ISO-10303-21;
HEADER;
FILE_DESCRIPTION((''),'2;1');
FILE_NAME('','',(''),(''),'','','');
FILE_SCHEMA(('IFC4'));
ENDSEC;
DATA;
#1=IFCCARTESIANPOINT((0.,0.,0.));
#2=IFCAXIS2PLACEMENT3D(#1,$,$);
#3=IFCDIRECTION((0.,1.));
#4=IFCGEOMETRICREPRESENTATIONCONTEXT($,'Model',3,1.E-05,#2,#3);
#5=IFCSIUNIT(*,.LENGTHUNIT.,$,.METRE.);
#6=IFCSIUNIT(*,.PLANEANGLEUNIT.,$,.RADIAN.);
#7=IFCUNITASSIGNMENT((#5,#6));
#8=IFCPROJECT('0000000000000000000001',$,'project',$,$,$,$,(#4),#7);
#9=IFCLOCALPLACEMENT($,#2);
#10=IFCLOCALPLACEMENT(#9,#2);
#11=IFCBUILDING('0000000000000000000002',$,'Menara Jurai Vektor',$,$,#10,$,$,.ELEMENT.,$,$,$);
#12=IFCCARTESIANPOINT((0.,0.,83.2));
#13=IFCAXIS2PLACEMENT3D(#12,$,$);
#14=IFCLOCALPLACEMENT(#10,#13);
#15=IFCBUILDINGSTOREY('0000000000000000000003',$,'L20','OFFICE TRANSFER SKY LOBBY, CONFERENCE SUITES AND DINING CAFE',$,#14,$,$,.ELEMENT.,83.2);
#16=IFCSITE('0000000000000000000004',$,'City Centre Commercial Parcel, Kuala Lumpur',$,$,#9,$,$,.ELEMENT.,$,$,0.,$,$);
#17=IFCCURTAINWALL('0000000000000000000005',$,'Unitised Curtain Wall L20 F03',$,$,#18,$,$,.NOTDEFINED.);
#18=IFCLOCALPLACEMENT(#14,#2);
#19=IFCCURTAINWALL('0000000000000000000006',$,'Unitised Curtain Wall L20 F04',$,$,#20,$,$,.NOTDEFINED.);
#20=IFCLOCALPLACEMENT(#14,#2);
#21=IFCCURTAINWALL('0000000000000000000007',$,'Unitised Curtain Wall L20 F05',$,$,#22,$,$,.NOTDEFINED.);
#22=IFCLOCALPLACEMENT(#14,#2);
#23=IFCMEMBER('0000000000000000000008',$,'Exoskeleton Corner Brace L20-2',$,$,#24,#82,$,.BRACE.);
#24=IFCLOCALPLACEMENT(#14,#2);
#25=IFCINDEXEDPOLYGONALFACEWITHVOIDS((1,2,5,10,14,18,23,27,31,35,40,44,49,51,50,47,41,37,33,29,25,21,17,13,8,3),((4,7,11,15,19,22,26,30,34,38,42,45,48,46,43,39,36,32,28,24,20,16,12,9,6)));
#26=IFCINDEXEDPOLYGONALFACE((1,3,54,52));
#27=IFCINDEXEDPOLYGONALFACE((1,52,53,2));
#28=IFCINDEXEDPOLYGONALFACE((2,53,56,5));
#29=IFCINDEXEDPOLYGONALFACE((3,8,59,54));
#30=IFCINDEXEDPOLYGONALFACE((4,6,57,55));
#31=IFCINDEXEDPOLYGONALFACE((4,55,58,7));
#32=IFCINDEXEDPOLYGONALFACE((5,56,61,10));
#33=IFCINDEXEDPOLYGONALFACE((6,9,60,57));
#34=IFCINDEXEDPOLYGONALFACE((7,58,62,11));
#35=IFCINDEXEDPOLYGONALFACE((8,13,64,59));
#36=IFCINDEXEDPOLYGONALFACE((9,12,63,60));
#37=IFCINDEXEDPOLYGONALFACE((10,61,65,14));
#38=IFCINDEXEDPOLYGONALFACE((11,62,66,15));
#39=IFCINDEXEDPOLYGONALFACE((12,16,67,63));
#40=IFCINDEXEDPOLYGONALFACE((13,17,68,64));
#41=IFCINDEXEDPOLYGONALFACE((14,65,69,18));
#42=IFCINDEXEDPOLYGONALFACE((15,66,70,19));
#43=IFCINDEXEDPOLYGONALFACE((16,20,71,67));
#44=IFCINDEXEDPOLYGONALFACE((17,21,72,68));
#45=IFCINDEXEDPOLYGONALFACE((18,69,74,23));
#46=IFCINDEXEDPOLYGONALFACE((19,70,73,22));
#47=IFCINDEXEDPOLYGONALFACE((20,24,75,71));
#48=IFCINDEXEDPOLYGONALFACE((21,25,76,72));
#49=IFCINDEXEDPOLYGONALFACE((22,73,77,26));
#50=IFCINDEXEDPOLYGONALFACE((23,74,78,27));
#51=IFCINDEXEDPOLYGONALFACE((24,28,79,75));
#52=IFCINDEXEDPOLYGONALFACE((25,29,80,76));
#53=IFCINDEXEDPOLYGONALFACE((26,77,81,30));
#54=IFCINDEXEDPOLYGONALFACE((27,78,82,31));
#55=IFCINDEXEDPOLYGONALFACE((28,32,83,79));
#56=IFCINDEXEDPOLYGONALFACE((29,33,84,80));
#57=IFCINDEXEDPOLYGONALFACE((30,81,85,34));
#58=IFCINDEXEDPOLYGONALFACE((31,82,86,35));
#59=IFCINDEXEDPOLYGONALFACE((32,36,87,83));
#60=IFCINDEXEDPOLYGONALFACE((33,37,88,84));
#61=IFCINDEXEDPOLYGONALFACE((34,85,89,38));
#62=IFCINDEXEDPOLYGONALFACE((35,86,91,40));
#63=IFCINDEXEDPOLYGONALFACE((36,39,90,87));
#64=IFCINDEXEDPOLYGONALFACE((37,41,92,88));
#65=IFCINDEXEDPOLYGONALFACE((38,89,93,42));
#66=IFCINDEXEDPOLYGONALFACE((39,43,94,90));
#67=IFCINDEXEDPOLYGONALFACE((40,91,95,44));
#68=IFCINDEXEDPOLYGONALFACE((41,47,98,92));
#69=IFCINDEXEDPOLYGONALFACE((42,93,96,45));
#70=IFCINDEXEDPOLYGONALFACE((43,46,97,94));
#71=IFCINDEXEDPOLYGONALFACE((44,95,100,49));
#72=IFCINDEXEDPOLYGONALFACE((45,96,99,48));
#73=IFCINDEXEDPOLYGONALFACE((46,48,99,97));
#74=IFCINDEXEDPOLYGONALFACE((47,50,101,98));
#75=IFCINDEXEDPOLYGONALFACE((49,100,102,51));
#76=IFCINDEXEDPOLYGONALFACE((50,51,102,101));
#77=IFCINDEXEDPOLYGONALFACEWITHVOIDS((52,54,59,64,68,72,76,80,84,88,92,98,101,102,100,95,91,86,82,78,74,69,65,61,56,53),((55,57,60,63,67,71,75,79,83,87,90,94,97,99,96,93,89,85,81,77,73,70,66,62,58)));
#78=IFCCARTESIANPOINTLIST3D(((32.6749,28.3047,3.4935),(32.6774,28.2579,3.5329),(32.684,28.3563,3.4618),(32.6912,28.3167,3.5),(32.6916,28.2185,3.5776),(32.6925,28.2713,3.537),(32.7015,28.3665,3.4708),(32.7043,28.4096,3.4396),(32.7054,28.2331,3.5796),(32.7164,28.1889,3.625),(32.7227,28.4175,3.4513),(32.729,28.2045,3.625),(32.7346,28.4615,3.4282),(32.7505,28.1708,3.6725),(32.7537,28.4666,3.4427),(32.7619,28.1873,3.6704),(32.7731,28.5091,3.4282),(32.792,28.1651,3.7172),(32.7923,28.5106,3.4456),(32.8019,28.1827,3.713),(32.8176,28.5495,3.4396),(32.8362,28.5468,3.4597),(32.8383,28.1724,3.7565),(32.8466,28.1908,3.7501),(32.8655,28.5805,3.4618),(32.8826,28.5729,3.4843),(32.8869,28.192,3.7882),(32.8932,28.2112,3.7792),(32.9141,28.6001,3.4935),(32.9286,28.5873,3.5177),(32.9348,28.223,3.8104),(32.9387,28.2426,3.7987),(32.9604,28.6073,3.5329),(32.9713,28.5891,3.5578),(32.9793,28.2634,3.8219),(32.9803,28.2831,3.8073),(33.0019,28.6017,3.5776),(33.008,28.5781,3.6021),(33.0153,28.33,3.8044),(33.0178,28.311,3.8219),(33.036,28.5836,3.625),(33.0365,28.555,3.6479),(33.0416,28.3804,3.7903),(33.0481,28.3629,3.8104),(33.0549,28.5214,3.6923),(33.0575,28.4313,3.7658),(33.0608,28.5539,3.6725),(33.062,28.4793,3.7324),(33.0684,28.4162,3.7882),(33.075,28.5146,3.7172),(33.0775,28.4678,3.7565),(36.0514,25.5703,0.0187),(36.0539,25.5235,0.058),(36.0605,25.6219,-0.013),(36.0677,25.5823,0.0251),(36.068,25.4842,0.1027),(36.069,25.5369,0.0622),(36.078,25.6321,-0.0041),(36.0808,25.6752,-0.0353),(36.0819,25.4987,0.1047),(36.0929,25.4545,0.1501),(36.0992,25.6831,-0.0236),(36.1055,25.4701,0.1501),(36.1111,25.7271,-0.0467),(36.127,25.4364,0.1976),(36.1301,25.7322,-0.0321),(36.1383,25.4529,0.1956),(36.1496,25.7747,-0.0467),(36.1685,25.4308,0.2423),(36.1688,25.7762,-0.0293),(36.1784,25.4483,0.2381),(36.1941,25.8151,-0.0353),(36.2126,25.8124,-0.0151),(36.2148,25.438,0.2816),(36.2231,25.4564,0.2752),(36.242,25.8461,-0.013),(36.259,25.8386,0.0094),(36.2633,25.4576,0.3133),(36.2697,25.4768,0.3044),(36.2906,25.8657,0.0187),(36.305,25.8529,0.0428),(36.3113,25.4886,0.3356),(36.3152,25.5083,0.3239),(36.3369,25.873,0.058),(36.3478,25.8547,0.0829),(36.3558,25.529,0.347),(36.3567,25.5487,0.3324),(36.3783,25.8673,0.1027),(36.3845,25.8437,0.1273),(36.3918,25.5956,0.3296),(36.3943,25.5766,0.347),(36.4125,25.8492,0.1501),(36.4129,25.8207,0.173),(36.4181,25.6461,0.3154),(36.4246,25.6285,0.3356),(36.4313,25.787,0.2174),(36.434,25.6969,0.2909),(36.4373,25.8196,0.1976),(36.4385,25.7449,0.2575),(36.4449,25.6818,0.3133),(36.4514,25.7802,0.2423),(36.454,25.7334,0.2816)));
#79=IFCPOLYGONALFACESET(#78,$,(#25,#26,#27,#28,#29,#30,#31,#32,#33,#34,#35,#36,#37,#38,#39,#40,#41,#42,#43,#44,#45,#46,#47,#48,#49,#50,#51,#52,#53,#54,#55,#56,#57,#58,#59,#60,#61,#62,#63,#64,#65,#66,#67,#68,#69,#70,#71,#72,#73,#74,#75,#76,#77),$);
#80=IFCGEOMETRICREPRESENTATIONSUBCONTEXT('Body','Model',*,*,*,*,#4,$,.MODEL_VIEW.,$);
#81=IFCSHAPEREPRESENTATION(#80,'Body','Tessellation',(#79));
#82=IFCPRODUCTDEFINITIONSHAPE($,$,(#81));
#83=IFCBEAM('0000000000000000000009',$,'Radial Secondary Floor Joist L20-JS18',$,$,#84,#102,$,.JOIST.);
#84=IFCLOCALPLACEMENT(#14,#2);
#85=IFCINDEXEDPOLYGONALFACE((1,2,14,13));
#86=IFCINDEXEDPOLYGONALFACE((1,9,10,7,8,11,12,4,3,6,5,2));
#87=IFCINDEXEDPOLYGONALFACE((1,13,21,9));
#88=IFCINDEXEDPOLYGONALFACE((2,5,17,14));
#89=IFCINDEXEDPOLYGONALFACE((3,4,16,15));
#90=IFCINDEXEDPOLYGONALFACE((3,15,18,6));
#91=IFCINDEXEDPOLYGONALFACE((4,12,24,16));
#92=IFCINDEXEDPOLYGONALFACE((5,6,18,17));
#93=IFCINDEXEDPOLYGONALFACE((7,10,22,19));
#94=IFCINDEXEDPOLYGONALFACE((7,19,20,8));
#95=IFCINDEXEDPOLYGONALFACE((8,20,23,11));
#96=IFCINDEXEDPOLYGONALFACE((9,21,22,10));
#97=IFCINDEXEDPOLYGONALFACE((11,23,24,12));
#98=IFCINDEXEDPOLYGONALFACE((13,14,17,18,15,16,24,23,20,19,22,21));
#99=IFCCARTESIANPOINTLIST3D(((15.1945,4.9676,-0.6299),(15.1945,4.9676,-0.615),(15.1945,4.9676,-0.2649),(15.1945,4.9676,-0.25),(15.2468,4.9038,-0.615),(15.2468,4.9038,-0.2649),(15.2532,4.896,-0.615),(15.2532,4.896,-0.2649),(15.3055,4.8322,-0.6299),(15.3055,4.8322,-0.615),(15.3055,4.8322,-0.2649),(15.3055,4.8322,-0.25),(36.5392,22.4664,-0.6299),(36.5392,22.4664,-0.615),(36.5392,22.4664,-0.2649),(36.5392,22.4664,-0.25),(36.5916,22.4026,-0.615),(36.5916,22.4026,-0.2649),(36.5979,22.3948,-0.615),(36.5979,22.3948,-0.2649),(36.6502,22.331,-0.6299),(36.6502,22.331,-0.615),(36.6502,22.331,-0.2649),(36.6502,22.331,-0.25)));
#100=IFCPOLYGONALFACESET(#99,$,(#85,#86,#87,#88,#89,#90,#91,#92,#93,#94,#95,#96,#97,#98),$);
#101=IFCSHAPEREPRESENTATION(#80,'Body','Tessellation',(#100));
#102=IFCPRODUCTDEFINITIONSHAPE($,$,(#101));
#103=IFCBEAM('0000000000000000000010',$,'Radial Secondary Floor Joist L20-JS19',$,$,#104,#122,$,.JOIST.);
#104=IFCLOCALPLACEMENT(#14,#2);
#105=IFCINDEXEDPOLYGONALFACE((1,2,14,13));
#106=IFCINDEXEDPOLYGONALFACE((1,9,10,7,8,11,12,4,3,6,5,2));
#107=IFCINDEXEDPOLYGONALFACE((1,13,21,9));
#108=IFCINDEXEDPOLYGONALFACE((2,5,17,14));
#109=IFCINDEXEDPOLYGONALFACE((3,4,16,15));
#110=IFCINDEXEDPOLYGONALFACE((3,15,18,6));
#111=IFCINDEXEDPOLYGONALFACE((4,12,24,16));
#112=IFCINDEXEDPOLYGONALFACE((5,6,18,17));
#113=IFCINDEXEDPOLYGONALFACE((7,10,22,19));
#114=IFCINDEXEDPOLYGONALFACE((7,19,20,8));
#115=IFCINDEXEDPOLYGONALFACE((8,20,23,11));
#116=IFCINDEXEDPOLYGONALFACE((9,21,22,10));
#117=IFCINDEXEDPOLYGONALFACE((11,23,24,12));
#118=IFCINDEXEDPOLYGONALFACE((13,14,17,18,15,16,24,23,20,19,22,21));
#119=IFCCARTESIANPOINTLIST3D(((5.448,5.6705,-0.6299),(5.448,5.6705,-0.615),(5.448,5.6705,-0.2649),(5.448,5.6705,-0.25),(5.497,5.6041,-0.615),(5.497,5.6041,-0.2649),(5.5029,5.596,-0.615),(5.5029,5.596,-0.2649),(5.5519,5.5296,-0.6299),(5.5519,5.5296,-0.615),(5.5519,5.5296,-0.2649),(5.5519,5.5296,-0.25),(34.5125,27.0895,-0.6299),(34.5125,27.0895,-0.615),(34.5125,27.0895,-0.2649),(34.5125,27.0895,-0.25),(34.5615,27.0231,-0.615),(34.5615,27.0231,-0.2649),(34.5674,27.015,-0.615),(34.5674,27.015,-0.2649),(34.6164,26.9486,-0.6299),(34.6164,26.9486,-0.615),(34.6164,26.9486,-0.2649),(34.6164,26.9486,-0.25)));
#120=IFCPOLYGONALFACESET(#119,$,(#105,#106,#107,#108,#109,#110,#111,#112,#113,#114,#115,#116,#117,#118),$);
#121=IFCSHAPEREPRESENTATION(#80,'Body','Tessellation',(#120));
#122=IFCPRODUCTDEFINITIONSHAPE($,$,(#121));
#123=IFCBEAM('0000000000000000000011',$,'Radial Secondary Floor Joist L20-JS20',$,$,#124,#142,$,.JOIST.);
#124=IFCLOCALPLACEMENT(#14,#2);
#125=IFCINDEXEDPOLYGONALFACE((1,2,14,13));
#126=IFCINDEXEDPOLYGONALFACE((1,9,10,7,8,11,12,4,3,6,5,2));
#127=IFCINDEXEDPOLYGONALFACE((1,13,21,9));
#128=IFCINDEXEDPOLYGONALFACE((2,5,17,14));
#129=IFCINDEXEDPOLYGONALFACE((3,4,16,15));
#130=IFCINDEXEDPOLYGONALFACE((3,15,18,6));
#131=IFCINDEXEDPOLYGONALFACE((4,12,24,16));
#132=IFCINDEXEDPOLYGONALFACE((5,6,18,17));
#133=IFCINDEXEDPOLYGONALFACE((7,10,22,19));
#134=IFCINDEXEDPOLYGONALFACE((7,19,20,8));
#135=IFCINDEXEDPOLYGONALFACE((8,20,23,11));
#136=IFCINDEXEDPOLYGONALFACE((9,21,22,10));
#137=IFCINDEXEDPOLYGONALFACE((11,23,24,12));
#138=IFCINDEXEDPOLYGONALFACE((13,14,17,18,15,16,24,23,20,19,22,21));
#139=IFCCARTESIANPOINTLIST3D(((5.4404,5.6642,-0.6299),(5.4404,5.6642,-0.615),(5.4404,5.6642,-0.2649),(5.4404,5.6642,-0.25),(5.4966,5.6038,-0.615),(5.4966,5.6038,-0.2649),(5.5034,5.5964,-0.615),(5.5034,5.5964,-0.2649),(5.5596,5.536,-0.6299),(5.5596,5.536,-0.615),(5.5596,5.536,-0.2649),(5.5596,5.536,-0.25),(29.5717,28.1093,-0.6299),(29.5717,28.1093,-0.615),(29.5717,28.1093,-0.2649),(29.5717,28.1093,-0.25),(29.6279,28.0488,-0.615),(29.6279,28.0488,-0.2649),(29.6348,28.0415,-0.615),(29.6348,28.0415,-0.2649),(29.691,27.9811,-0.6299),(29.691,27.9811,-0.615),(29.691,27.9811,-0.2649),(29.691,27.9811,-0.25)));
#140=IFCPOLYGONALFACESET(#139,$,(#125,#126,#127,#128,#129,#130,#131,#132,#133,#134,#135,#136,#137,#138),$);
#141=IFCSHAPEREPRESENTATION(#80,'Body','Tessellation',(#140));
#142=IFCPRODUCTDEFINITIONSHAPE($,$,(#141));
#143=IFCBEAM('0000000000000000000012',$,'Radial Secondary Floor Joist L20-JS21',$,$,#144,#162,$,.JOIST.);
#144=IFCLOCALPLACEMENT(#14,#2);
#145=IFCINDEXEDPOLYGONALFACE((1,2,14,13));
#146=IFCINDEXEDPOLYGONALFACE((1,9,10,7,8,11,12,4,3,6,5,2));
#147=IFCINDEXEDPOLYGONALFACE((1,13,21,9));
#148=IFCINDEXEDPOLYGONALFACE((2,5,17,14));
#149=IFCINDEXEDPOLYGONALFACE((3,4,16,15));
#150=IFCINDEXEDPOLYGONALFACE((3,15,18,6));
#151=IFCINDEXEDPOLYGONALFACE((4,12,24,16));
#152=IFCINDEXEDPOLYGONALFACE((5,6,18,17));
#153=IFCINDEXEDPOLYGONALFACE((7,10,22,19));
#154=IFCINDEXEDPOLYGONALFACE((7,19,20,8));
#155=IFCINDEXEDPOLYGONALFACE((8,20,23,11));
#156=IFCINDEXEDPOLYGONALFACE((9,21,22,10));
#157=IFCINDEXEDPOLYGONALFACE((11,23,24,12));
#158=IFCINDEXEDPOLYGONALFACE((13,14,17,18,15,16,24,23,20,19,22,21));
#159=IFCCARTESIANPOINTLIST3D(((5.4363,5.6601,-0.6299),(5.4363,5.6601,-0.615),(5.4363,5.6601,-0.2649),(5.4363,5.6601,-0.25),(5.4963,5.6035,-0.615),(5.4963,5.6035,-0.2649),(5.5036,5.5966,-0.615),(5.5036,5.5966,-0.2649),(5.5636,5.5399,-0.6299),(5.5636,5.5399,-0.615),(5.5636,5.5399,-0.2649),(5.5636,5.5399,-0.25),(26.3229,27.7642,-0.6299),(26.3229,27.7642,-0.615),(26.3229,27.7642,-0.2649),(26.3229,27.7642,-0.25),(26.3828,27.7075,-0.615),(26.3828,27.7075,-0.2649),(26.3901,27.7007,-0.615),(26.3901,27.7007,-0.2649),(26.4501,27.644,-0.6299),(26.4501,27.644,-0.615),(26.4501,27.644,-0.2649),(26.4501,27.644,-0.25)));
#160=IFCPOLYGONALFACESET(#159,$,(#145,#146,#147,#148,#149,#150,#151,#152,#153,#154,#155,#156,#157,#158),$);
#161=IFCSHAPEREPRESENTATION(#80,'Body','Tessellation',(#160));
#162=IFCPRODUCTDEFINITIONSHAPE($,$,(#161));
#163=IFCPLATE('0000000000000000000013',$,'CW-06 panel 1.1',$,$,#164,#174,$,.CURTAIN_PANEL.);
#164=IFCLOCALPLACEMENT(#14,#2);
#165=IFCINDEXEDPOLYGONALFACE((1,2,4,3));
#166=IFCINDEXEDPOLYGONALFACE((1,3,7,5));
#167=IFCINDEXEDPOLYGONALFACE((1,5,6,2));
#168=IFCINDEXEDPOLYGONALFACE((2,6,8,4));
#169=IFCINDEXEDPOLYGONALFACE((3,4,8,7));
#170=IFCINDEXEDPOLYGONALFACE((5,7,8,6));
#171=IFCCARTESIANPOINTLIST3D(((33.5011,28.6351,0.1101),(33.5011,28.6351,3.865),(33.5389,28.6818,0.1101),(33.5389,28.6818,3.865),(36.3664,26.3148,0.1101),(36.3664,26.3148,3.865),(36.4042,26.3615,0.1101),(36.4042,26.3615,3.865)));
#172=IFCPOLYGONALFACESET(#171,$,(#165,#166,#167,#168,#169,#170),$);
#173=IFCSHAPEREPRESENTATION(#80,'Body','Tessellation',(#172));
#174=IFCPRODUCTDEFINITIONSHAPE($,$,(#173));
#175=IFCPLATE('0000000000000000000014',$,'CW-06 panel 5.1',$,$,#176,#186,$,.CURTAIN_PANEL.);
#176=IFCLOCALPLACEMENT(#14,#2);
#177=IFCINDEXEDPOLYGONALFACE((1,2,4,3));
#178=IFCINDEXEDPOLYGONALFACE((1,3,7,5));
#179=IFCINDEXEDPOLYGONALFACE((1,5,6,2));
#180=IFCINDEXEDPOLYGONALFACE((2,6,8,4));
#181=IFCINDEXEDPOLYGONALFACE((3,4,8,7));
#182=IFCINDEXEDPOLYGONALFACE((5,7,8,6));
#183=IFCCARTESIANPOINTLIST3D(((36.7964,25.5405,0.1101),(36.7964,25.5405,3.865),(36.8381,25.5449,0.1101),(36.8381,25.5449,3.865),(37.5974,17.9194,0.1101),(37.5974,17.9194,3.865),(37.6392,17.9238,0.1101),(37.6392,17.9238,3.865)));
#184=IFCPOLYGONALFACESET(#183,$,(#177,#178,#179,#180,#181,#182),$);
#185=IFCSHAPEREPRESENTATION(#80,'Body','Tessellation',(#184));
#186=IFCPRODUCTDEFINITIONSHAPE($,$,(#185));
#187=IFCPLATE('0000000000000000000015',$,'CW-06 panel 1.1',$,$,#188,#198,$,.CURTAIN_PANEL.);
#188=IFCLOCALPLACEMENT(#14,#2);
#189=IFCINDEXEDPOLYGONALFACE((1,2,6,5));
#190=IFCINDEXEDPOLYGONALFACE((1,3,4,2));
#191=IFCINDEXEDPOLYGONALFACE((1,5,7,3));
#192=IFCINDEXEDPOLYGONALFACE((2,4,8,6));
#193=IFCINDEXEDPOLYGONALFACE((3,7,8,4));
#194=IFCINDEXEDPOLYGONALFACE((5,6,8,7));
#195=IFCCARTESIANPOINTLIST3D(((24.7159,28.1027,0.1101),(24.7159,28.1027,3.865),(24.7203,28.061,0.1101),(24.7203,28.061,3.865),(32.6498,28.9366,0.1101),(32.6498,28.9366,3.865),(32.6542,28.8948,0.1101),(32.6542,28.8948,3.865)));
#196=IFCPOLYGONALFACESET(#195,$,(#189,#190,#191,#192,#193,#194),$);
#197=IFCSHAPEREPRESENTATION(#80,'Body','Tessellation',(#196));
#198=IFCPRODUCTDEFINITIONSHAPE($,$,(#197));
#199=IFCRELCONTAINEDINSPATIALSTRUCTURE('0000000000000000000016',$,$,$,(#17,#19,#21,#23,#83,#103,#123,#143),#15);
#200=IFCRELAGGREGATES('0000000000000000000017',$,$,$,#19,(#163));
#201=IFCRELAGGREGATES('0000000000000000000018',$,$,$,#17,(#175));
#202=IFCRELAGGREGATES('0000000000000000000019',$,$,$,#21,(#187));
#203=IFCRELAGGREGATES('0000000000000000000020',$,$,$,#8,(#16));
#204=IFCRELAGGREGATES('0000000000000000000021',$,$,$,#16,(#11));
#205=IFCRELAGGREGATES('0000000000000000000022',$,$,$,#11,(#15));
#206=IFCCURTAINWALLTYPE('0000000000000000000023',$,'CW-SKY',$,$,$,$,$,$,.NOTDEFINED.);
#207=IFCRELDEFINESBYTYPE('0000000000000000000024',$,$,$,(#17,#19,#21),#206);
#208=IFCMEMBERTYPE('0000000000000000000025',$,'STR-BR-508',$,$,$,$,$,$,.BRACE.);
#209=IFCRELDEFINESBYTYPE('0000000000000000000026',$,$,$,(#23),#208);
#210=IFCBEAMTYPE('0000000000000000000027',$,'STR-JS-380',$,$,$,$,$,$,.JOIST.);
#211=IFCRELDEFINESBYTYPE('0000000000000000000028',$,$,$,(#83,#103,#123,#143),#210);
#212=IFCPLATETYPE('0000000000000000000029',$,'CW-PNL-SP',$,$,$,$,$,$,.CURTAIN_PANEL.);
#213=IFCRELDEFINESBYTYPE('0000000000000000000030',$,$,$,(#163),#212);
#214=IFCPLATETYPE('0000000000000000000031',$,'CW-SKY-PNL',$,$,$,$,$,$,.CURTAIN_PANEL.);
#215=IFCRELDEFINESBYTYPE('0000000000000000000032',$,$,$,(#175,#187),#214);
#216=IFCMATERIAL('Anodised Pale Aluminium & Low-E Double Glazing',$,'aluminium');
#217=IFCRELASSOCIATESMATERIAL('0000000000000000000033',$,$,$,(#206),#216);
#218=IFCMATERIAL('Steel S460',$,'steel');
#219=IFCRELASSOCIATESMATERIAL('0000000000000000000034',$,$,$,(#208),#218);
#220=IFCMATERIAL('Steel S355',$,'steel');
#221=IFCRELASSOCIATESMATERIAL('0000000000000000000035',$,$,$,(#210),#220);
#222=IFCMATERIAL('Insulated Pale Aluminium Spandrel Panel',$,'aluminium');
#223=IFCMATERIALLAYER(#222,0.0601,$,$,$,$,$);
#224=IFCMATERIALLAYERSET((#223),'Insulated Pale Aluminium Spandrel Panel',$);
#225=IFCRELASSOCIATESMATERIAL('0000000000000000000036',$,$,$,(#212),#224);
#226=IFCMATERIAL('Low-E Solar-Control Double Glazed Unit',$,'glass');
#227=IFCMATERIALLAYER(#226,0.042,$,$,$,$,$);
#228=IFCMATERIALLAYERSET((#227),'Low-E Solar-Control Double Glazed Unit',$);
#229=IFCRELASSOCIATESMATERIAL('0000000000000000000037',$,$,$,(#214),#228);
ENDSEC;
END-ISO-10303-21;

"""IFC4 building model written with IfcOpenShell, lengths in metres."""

from ifc_helpers import new_model, si_unit, direction, frame, origin, origin_2d, place, context, subcontext, project, spatial, rectangle, hollow_circle, i_section, extrude, material, layer, layer_set, material_profile, profile_set, type_object, element, aggregate, save


model = new_model("IFC4")

# Units and contexts
model_context = context("Model", 3, precision=1e-05, world=origin(), true_north=direction((0.0, 1.0)))
body_context = subcontext(model_context, "Body", "Model", "MODEL_VIEW")
ifc_project = project(units=[si_unit("LENGTHUNIT", "METRE"), si_unit("PLANEANGLEUNIT", "RADIAN")], contexts=[model_context])

# Site, building, storey
site_placement = place(None, origin())
site = spatial("IfcSite", under=ifc_project, at=site_placement, Name="City Centre Commercial Parcel, Kuala Lumpur", CompositionType="ELEMENT", RefElevation=0.0)
building_placement = place(site_placement, origin())
building = spatial("IfcBuilding", under=site, at=building_placement, Name="Menara Jurai Vektor", CompositionType="ELEMENT")
storey_placement = place(building_placement, frame((0.0, 0.0, 83.2)))
storey = spatial("IfcBuildingStorey", under=building, at=storey_placement, Name="L20", Description="OFFICE TRANSFER SKY LOBBY, CONFERENCE SUITES AND DINING CAFE", CompositionType="ELEMENT", Elevation=83.2)

# Shared definitions
ifc_material_1 = material(Name="Steel S460", Category="steel")

# Curtain wall
ifc_material_2 = material(Name="Anodised Pale Aluminium & Low-E Double Glazing", Category="aluminium")
curtain_wall_type = type_object("IfcCurtainWallType", Name="CW-SKY", PredefinedType="NOTDEFINED", material=ifc_material_2)
curtain_wall_1_placement = place(storey_placement, origin())
curtain_wall_1 = element("IfcCurtainWall", 1, at=curtain_wall_1_placement, inside=storey, type_object=curtain_wall_type, Name="Unitised Curtain Wall L20 F03", PredefinedType="NOTDEFINED")

# Curtain walls
curtain_wall_2_placement = place(storey_placement, origin())
curtain_wall_2 = element("IfcCurtainWall", 2, at=curtain_wall_2_placement, inside=storey, type_object=curtain_wall_type, Name="Unitised Curtain Wall L20 F04", PredefinedType="NOTDEFINED")
curtain_wall_3_placement = place(storey_placement, origin())
curtain_wall_3 = element("IfcCurtainWall", 3, at=curtain_wall_3_placement, inside=storey, type_object=curtain_wall_type, Name="Unitised Curtain Wall L20 F05", PredefinedType="NOTDEFINED")

# Shared definitions
ifc_material_3 = material(Name="Steel S355", Category="steel")

# Member
ifc_material_profile_1 = material_profile(ifc_material_1, hollow_circle(Radius=0.2539, WallThickness=0.02, at=origin_2d()), Name="CHS 508x20")
ifc_profile_set_1 = profile_set([ifc_material_profile_1], Name="Steel S460")
member_type_1 = type_object("IfcMemberType", Name="STR-BR-508", PredefinedType="BRACE", material=ifc_profile_set_1)
member_1_placement = place(storey_placement, frame((36.2527, 25.6519, 0.1501), z_axis=(-0.606902, 0.491489, 0.624587), x_axis=(-0.629344, -0.777127, 0.0)))
element("IfcMember", 4, at=member_1_placement, inside=storey, type_object=member_type_1, Name="Exoskeleton Corner Brace L20-2", PredefinedType="BRACE", context=body_context, shape_type="SweptSolid", body=[
    extrude(hollow_circle(Radius=0.2539, WallThickness=0.02, at=origin_2d()), origin(), (0.0, 0.0, 1.0), 5.5635),
])

# Beams
ifc_material_profile_2 = material_profile(ifc_material_3, i_section(OverallWidth=0.175, OverallDepth=0.3799, WebThickness=0.01, FlangeThickness=0.0149, at=origin_2d()), Name="PG 380x175x58")
ifc_profile_set_2 = profile_set([ifc_material_profile_2], Name="Steel S355")
beam_type_1 = type_object("IfcBeamType", Name="STR-JS-380", PredefinedType="JOIST", material=ifc_profile_set_2)
beam_1_placement = place(storey_placement, frame((36.5947, 22.3987, -0.4399), z_axis=(-0.773337, -0.633995, 0.0), x_axis=(0.633995, -0.773337, 0.0)))
element("IfcBeam", 5, at=beam_1_placement, inside=storey, type_object=beam_type_1, Name="Radial Secondary Floor Joist L20-JS18", PredefinedType="JOIST", context=body_context, shape_type="SweptSolid", body=[
    extrude(i_section(OverallWidth=0.175, OverallDepth=0.3799, WebThickness=0.01, FlangeThickness=0.0149, at=origin_2d()), origin(), (0.0, 0.0, 1.0), 27.6008),
])
beam_2_placement = place(storey_placement, frame((34.5645, 27.019, -0.4399), z_axis=(-0.805016, -0.593253, 0.0), x_axis=(0.593253, -0.805016, 0.0)))
element("IfcBeam", 6, at=beam_2_placement, inside=storey, type_object=beam_type_1, Name="Radial Secondary Floor Joist L20-JS19", PredefinedType="JOIST", context=body_context, shape_type="SweptSolid", body=[
    extrude(i_section(OverallWidth=0.175, OverallDepth=0.3799, WebThickness=0.01, FlangeThickness=0.0149, at=origin_2d()), origin(), (0.0, 0.0, 1.0), 36.1042),
])
beam_3_placement = place(storey_placement, frame((29.6313, 28.0452, -0.4399), z_axis=(-0.732228, -0.68106, 0.0), x_axis=(0.68106, -0.732228, 0.0)))
element("IfcBeam", 7, at=beam_3_placement, inside=storey, type_object=beam_type_1, Name="Radial Secondary Floor Joist L20-JS20", PredefinedType="JOIST", context=body_context, shape_type="SweptSolid", body=[
    extrude(i_section(OverallWidth=0.175, OverallDepth=0.3799, WebThickness=0.01, FlangeThickness=0.0149, at=origin_2d()), origin(), (0.0, 0.0, 1.0), 32.9561),
])
beam_4_placement = place(storey_placement, frame((26.3865, 27.7041, -0.4399), z_axis=(-0.686805, -0.726841, 0.0), x_axis=(0.726841, -0.686805, 0.0)))
element("IfcBeam", 8, at=beam_4_placement, inside=storey, type_object=beam_type_1, Name="Radial Secondary Floor Joist L20-JS21", PredefinedType="JOIST", context=body_context, shape_type="SweptSolid", body=[
    extrude(i_section(OverallWidth=0.175, OverallDepth=0.3799, WebThickness=0.01, FlangeThickness=0.0149, at=origin_2d()), origin(), (0.0, 0.0, 1.0), 30.4111),
])

# Plates
ifc_material_4 = material(Name="Insulated Pale Aluminium Spandrel Panel", Category="aluminium")
ifc_layer_1 = layer(ifc_material_4, 0.0601)
ifc_layer_set_1 = layer_set([ifc_layer_1], Name="Insulated Pale Aluminium Spandrel Panel")
plate_type_1 = type_object("IfcPlateType", Name="CW-PNL-SP", PredefinedType="CURTAIN_PANEL", material=ifc_layer_set_1)
plate_1_placement = place(storey_placement, frame((34.9526, 27.4983, 0.1101), z_axis=(0.0, 0.0, 1.0), x_axis=(-0.777152, 0.629313, 0.0)))
plate_1 = element("IfcPlate", 9, at=plate_1_placement, type_object=plate_type_1, Name="CW-06 panel 1.1", PredefinedType="CURTAIN_PANEL", context=body_context, shape_type="SweptSolid", body=[
    extrude(rectangle(XDim=3.687, YDim=0.0601, at=origin_2d()), origin(), (0.0, 0.0, 1.0), 3.7549),
])
aggregate(curtain_wall_2, [plate_1])
ifc_material_5 = material(Name="Low-E Solar-Control Double Glazed Unit", Category="glass")
ifc_layer_2 = layer(ifc_material_5, 0.042)
ifc_layer_set_2 = layer_set([ifc_layer_2], Name="Low-E Solar-Control Double Glazed Unit")
plate_type_2 = type_object("IfcPlateType", Name="CW-SKY-PNL", PredefinedType="CURTAIN_PANEL", material=ifc_layer_set_2)
plate_2_placement = place(storey_placement, frame((37.2178, 21.7322, 0.1101), z_axis=(0.0, 0.0, 1.0), x_axis=(-0.10453, 0.994522, 0.0)))
plate_2 = element("IfcPlate", 10, at=plate_2_placement, type_object=plate_type_2, Name="CW-06 panel 5.1", PredefinedType="CURTAIN_PANEL", context=body_context, shape_type="SweptSolid", body=[
    extrude(rectangle(XDim=7.6631, YDim=0.042, at=origin_2d()), origin(), (0.0, 0.0, 1.0), 3.7549),
])
aggregate(curtain_wall_1, [plate_2])
plate_3_placement = place(storey_placement, frame((28.6851, 28.4988, 0.1101), z_axis=(0.0, 0.0, 1.0), x_axis=(-0.994522, -0.104529, 0.0)))
plate_3 = element("IfcPlate", 11, at=plate_3_placement, type_object=plate_type_2, Name="CW-06 panel 1.1", PredefinedType="CURTAIN_PANEL", context=body_context, shape_type="SweptSolid", body=[
    extrude(rectangle(XDim=7.9775, YDim=0.042, at=origin_2d()), origin(), (0.0, 0.0, 1.0), 3.7549),
])
aggregate(curtain_wall_3, [plate_3])

save(model, "model.ifc")
